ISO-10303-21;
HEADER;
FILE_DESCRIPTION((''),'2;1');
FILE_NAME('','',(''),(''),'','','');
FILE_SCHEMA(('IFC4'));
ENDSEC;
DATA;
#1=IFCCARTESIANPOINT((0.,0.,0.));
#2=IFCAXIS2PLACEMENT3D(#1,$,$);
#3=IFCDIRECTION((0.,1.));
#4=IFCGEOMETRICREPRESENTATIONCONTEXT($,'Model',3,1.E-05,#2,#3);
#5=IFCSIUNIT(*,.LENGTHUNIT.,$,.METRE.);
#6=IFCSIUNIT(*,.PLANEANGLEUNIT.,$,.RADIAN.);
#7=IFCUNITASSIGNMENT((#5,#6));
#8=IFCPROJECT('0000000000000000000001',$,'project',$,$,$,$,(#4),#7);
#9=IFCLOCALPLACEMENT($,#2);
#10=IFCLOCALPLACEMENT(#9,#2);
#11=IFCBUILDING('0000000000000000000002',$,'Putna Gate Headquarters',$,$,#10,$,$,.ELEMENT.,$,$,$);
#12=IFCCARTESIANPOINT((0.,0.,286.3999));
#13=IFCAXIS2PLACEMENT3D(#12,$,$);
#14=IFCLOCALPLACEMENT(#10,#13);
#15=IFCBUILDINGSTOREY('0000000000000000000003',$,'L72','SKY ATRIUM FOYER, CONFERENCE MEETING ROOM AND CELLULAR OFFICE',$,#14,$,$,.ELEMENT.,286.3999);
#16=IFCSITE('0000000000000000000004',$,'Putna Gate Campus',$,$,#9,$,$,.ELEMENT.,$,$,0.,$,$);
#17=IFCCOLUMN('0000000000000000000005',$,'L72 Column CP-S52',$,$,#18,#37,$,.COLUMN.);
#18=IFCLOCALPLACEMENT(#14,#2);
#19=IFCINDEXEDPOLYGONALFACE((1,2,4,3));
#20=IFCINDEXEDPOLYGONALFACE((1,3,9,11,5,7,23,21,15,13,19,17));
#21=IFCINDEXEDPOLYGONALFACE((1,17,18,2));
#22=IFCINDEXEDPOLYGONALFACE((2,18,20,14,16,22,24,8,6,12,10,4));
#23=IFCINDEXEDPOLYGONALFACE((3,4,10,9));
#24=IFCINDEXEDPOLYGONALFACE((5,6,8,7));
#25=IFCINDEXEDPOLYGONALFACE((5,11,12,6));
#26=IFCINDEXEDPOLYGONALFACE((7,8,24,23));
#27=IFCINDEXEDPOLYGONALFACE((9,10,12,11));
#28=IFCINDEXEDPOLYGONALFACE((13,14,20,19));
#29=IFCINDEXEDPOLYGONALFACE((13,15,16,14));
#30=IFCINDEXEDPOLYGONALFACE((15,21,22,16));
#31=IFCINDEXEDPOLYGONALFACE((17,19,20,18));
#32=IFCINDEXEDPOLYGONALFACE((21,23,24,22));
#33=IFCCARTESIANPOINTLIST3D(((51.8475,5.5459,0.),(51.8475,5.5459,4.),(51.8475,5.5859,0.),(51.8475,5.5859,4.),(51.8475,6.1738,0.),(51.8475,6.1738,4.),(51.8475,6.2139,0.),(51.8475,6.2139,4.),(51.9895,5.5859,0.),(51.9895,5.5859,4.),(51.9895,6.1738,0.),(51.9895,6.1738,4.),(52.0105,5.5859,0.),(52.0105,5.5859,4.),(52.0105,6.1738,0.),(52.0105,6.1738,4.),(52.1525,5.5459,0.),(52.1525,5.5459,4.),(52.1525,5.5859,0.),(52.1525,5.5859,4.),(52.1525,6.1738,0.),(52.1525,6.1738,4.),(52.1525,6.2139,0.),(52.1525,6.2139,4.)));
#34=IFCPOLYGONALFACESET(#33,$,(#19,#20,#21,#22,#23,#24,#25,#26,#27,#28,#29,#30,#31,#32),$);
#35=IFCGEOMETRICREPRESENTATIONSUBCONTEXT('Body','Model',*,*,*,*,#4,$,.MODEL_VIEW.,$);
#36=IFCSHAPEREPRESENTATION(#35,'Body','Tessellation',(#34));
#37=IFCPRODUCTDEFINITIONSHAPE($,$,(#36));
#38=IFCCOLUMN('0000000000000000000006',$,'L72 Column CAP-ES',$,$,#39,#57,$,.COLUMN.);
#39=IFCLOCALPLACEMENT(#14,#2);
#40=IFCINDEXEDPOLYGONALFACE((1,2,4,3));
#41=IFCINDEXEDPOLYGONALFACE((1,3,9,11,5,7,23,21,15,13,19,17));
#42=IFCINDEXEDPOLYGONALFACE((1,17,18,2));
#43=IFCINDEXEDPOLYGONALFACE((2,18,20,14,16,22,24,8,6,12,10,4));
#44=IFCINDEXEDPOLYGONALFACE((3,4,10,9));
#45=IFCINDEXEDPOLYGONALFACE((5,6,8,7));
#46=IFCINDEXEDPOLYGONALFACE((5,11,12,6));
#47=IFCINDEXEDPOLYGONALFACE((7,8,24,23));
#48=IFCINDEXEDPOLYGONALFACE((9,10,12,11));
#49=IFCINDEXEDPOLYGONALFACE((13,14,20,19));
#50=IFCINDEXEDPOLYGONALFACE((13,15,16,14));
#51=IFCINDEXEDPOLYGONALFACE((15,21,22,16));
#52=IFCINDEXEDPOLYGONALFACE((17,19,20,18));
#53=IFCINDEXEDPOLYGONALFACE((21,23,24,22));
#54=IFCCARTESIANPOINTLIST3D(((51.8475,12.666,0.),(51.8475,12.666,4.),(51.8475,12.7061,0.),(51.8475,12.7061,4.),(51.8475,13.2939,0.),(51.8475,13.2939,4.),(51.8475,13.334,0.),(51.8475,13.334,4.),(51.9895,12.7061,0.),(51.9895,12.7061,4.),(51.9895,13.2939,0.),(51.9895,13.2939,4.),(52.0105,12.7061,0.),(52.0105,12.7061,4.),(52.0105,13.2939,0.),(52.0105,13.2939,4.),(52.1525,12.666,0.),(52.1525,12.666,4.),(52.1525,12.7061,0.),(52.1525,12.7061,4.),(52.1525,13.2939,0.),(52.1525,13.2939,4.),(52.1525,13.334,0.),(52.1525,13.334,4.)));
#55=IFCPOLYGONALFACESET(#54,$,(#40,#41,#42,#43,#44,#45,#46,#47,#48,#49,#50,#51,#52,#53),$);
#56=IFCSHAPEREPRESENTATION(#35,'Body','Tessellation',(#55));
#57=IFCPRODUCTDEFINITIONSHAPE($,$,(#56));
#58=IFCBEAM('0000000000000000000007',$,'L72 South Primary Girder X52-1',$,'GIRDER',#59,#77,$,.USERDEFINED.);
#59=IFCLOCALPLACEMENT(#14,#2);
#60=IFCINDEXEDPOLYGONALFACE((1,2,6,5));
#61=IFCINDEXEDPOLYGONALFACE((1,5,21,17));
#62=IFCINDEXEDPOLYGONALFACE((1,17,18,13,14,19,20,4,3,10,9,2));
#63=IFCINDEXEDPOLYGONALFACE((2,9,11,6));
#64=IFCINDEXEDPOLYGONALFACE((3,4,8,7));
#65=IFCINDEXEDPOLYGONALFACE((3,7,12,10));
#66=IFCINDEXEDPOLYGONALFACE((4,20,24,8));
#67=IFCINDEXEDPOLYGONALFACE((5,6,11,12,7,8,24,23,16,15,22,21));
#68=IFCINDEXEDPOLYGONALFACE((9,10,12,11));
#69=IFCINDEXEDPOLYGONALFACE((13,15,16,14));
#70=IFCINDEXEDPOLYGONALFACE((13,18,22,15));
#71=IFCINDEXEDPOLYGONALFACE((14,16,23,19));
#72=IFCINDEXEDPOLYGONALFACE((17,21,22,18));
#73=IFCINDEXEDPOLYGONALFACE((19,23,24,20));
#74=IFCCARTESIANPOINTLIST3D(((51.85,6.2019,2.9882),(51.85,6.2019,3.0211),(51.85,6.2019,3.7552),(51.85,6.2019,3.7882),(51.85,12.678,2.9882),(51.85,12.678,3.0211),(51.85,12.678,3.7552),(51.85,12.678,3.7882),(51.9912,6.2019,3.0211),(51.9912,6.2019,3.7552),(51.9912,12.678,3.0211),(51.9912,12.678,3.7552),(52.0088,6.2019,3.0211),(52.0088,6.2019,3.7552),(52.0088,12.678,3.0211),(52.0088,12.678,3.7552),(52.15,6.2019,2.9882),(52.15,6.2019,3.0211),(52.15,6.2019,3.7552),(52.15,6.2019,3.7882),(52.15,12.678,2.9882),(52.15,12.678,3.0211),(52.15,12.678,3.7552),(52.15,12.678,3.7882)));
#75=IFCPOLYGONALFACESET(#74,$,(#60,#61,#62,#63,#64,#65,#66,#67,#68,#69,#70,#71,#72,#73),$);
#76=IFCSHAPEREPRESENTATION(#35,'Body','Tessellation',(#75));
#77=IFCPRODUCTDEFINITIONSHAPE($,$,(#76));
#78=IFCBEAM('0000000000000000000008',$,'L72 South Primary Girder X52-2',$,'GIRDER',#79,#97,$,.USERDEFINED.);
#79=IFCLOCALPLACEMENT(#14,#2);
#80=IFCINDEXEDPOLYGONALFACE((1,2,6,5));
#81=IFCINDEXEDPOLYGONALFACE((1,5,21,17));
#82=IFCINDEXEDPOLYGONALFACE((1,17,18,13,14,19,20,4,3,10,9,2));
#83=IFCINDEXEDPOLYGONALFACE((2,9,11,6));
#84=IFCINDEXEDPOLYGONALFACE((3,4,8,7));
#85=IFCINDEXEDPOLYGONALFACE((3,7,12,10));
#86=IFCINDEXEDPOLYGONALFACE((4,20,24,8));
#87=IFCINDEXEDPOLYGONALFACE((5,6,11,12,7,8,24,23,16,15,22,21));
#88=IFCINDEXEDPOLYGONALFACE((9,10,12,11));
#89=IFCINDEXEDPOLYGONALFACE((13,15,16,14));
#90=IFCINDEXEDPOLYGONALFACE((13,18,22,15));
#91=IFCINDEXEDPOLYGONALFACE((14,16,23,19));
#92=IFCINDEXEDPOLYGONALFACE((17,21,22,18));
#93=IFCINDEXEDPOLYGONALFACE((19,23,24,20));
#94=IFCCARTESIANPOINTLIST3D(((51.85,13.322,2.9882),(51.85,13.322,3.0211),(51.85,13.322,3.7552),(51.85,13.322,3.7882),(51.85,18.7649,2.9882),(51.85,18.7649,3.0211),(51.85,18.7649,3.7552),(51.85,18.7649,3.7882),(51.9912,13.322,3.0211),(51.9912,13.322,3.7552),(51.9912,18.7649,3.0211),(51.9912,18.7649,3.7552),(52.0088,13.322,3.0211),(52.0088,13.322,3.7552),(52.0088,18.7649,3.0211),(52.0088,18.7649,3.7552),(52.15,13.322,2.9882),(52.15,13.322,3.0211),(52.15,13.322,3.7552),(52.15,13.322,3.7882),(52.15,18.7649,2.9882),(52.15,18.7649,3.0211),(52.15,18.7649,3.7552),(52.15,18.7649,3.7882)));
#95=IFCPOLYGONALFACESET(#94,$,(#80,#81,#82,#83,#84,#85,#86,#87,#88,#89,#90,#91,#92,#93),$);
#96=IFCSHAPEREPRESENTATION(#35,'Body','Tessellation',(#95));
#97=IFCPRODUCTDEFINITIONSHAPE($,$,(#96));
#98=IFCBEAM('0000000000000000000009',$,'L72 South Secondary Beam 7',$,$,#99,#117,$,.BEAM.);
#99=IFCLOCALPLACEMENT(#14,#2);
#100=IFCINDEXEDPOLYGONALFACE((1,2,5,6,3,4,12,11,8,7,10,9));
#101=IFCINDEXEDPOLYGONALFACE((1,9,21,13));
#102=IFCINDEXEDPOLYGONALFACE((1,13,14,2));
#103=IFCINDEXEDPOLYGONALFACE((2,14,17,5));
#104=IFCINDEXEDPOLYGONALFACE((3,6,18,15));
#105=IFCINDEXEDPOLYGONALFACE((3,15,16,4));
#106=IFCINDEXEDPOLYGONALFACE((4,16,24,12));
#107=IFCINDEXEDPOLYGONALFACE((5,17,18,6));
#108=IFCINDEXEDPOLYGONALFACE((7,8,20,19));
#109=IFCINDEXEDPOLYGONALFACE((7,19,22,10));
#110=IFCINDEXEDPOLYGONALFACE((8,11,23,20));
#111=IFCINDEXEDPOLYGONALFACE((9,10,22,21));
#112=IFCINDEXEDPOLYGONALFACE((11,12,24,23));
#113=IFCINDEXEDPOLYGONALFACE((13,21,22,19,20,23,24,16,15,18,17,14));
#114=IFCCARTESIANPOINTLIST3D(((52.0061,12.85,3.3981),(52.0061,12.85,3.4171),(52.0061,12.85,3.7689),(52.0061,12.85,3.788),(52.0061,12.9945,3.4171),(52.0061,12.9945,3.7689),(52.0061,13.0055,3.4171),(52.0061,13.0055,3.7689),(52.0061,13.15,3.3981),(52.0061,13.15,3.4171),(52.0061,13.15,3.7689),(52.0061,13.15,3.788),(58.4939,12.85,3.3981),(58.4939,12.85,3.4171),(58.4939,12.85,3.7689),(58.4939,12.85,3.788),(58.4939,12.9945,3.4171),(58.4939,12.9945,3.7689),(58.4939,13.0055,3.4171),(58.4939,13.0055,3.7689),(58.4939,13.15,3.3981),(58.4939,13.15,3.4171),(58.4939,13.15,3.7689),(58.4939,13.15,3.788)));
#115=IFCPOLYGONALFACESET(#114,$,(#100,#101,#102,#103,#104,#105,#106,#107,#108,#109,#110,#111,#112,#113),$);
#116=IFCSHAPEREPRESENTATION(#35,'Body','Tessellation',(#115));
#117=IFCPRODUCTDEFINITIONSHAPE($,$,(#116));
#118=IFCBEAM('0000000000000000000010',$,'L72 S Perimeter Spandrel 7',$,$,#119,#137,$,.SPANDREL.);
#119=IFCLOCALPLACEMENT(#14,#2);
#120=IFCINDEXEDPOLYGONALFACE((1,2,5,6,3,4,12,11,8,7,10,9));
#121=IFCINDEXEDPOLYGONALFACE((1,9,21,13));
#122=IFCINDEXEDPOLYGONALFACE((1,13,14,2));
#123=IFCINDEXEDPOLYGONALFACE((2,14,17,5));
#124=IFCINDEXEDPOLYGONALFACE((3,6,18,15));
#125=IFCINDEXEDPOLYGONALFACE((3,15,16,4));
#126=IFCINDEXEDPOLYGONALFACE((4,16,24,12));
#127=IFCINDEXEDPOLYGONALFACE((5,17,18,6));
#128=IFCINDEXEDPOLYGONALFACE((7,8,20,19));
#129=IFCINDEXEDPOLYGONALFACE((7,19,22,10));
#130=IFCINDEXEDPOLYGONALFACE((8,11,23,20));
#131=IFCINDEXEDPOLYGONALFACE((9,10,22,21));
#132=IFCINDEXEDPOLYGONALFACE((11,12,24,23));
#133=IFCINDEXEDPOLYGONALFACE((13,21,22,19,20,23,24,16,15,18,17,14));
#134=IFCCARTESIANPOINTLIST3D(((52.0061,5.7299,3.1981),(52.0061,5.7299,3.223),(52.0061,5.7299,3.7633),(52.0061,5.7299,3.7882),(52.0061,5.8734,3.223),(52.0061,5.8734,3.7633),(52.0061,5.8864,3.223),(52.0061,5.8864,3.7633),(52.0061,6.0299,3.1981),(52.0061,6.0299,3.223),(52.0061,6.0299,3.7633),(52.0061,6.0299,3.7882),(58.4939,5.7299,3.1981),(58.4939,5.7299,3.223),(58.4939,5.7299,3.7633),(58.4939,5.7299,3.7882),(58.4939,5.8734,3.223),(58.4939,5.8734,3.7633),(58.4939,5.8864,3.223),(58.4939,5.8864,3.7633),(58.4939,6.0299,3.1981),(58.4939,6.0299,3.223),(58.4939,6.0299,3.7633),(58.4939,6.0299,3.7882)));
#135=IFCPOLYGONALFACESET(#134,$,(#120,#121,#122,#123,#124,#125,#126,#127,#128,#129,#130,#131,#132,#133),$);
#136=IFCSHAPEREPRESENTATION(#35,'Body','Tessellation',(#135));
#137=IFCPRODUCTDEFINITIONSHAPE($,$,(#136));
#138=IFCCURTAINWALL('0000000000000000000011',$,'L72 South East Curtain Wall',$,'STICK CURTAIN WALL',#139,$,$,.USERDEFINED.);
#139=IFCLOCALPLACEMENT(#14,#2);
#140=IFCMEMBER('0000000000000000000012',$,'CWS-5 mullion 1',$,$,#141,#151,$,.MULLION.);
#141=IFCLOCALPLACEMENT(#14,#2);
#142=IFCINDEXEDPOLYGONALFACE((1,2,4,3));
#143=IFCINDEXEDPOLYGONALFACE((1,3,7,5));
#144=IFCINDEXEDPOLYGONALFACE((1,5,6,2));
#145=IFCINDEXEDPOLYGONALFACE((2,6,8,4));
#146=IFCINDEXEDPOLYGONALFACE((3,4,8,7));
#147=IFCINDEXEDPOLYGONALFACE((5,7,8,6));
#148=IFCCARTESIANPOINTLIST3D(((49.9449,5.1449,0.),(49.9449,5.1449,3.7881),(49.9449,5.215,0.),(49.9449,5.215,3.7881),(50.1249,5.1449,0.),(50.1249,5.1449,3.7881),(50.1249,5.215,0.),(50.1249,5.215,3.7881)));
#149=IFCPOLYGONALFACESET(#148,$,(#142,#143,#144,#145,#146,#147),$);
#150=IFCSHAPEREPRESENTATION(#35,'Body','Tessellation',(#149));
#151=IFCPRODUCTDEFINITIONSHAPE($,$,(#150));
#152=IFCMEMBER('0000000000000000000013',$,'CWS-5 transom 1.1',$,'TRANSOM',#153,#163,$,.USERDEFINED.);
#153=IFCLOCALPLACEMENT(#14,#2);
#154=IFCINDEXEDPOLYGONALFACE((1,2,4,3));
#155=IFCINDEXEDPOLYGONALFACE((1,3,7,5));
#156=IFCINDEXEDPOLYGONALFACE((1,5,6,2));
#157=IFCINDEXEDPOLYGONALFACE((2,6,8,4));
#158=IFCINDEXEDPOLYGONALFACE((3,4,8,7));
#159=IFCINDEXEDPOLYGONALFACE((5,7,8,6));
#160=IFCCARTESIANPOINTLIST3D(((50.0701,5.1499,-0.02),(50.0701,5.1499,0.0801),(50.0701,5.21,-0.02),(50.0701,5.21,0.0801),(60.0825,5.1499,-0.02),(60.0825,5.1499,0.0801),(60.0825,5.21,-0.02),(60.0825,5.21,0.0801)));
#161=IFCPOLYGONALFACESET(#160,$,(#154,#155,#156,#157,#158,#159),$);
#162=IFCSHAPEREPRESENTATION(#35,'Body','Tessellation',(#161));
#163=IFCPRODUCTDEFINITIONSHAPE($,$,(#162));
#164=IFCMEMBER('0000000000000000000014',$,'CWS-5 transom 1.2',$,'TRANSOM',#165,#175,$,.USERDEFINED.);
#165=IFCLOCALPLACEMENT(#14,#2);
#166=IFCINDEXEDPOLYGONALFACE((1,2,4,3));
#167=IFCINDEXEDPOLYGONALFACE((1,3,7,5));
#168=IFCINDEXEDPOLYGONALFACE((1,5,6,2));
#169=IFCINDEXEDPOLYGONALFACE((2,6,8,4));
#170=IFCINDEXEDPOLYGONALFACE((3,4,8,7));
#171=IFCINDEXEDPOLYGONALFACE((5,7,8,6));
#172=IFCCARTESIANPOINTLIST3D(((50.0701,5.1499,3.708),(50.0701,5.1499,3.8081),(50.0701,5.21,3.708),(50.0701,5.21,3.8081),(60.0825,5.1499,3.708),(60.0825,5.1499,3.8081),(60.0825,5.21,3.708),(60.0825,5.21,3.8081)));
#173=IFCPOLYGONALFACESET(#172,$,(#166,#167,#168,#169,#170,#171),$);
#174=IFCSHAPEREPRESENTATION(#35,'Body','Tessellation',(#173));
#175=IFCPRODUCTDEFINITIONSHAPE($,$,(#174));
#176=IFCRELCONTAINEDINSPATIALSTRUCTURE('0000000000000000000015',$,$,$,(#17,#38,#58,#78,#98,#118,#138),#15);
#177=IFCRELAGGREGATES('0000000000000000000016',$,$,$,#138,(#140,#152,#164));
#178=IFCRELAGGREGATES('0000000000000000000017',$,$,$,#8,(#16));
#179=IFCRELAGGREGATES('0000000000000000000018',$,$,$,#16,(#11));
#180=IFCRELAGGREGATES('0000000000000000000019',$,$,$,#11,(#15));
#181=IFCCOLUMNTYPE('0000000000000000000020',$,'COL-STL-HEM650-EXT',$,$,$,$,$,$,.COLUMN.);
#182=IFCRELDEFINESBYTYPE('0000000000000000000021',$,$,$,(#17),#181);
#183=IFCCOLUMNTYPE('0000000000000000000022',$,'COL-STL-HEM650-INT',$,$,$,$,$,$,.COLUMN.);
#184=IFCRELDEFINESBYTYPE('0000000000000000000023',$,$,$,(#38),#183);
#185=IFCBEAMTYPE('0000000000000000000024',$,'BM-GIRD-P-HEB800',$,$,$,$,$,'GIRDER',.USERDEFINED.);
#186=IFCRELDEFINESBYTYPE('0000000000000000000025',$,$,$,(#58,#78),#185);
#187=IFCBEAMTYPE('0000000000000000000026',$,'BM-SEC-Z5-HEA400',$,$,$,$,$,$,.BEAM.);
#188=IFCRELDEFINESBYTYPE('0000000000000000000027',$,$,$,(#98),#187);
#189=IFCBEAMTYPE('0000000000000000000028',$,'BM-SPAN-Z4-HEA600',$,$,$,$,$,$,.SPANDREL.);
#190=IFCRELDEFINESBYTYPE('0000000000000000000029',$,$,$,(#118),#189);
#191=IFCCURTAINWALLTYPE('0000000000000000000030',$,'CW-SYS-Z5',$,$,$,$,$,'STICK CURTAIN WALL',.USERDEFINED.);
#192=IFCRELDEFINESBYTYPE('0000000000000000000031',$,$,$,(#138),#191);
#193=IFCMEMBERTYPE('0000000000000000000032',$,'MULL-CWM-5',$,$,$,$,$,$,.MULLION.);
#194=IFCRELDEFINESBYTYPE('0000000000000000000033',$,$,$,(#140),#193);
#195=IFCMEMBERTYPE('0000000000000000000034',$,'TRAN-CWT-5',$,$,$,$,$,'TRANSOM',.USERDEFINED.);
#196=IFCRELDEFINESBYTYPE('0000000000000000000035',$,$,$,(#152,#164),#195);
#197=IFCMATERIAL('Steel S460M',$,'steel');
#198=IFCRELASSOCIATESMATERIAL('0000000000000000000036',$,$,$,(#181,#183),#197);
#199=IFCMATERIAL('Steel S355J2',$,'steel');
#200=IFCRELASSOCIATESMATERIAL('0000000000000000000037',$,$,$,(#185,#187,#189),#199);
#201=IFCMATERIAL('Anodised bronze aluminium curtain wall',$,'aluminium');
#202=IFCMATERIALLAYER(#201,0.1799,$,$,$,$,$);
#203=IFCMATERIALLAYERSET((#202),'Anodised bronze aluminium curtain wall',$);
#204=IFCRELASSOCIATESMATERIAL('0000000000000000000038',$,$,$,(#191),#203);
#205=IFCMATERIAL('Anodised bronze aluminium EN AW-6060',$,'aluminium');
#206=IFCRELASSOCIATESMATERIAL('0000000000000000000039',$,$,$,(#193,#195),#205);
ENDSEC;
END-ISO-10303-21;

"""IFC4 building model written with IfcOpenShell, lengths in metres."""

from ifc_helpers import new_model, si_unit, direction, frame, origin, origin_2d, place, context, subcontext, project, spatial, rectangle, i_section, extrude, material, layer, layer_set, material_profile, profile_set, type_object, element, aggregate, save


model = new_model("IFC4")

# Units and contexts
model_context = context("Model", 3, precision=1e-05, world=origin(), true_north=direction((0.0, 1.0)))
body_context = subcontext(model_context, "Body", "Model", "MODEL_VIEW")
ifc_project = project(units=[si_unit("LENGTHUNIT", "METRE"), si_unit("PLANEANGLEUNIT", "RADIAN")], contexts=[model_context])

# Site, building, storey
site_placement = place(None, origin())
site = spatial("IfcSite", under=ifc_project, at=site_placement, Name="Putna Gate Campus", CompositionType="ELEMENT", RefElevation=0.0)
building_placement = place(site_placement, origin())
building = spatial("IfcBuilding", under=site, at=building_placement, Name="Putna Gate Headquarters", CompositionType="ELEMENT")
storey_placement = place(building_placement, frame((0.0, 0.0, 286.3999)))
storey = spatial("IfcBuildingStorey", under=building, at=storey_placement, Name="L72", Description="SKY ATRIUM FOYER, CONFERENCE MEETING ROOM AND CELLULAR OFFICE", CompositionType="ELEMENT", Elevation=286.3999)

# Columns
ifc_material_1 = material(Name="Steel S460M", Category="steel")
ifc_material_profile_1 = material_profile(ifc_material_1, i_section(OverallWidth=0.3049, OverallDepth=0.668, WebThickness=0.021, FlangeThickness=0.04, at=origin_2d()), Name="Steel S460M")
ifc_profile_set_1 = profile_set([ifc_material_profile_1], Name="Steel S460M")
column_type_1 = type_object("IfcColumnType", Name="COL-STL-HEM650-EXT", PredefinedType="COLUMN", material=ifc_profile_set_1)
column_1_placement = place(storey_placement, frame((52.0, 5.8799, 0.0), z_axis=(0.0, 0.0, 1.0), x_axis=(1.0, 0.0, 0.0)))
element("IfcColumn", 1, at=column_1_placement, inside=storey, type_object=column_type_1, Name="L72 Column CP-S52", PredefinedType="COLUMN", context=body_context, shape_type="SweptSolid", body=[
    extrude(i_section(OverallWidth=0.3049, OverallDepth=0.668, WebThickness=0.021, FlangeThickness=0.04, at=origin_2d()), origin(), (0.0, 0.0, 1.0), 4.0),
])
ifc_material_profile_2 = material_profile(ifc_material_1, i_section(OverallWidth=0.3049, OverallDepth=0.668, WebThickness=0.021, FlangeThickness=0.04, at=origin_2d()), Name="Steel S460M")
ifc_profile_set_2 = profile_set([ifc_material_profile_2], Name="Steel S460M")
column_type_2 = type_object("IfcColumnType", Name="COL-STL-HEM650-INT", PredefinedType="COLUMN", material=ifc_profile_set_2)
column_2_placement = place(storey_placement, frame((52.0, 13.0, 0.0), z_axis=(0.0, 0.0, 1.0), x_axis=(1.0, 0.0, 0.0)))
element("IfcColumn", 2, at=column_2_placement, inside=storey, type_object=column_type_2, Name="L72 Column CAP-ES", PredefinedType="COLUMN", context=body_context, shape_type="SweptSolid", body=[
    extrude(i_section(OverallWidth=0.3049, OverallDepth=0.668, WebThickness=0.021, FlangeThickness=0.04, at=origin_2d()), origin(), (0.0, 0.0, 1.0), 4.0),
])

# Beams
ifc_material_2 = material(Name="Steel S355J2", Category="steel")
ifc_material_profile_3 = material_profile(ifc_material_2, i_section(OverallWidth=0.3, OverallDepth=0.8, WebThickness=0.0176, FlangeThickness=0.033, at=origin_2d()), Name="Steel S355J2")
ifc_profile_set_3 = profile_set([ifc_material_profile_3], Name="Steel S355J2")
beam_type_1 = type_object("IfcBeamType", Name="BM-GIRD-P-HEB800", ElementType="GIRDER", PredefinedType="USERDEFINED", material=ifc_profile_set_3)
beam_1_placement = place(storey_placement, frame((52.0, 6.2019, 3.3882), z_axis=(0.0, 1.0, 0.0), x_axis=(-1.0, 0.0, 0.0)))
element("IfcBeam", 3, at=beam_1_placement, inside=storey, type_object=beam_type_1, Name="L72 South Primary Girder X52-1", ObjectType="GIRDER", PredefinedType="USERDEFINED", context=body_context, shape_type="SweptSolid", body=[
    extrude(i_section(OverallWidth=0.3, OverallDepth=0.8, WebThickness=0.0176, FlangeThickness=0.033, at=origin_2d()), origin(), (0.0, 0.0, 1.0), 6.4761),
])
beam_2_placement = place(storey_placement, frame((52.0, 13.322, 3.3882), z_axis=(0.0, 1.0, 0.0), x_axis=(-1.0, 0.0, 0.0)))
element("IfcBeam", 4, at=beam_2_placement, inside=storey, type_object=beam_type_1, Name="L72 South Primary Girder X52-2", ObjectType="GIRDER", PredefinedType="USERDEFINED", context=body_context, shape_type="SweptSolid", body=[
    extrude(i_section(OverallWidth=0.3, OverallDepth=0.8, WebThickness=0.0176, FlangeThickness=0.033, at=origin_2d()), origin(), (0.0, 0.0, 1.0), 5.4429),
])
ifc_material_profile_4 = material_profile(ifc_material_2, i_section(OverallWidth=0.3, OverallDepth=0.3899, WebThickness=0.011, FlangeThickness=0.019, at=origin_2d()), Name="Steel S355J2")
ifc_profile_set_4 = profile_set([ifc_material_profile_4], Name="Steel S355J2")
beam_type_2 = type_object("IfcBeamType", Name="BM-SEC-Z5-HEA400", PredefinedType="BEAM", material=ifc_profile_set_4)
beam_3_placement = place(storey_placement, frame((52.0061, 13.0, 3.593), z_axis=(1.0, 0.0, 0.0), x_axis=(0.0, 1.0, 0.0)))
element("IfcBeam", 5, at=beam_3_placement, inside=storey, type_object=beam_type_2, Name="L72 South Secondary Beam 7", PredefinedType="BEAM", context=body_context, shape_type="SweptSolid", body=[
    extrude(i_section(OverallWidth=0.3, OverallDepth=0.3899, WebThickness=0.011, FlangeThickness=0.019, at=origin_2d()), origin(), (0.0, 0.0, 1.0), 6.4878),
])
ifc_material_profile_5 = material_profile(ifc_material_2, i_section(OverallWidth=0.3, OverallDepth=0.5901, WebThickness=0.0129, FlangeThickness=0.0249, at=origin_2d()), Name="Steel S355J2")
ifc_profile_set_5 = profile_set([ifc_material_profile_5], Name="Steel S355J2")
beam_type_3 = type_object("IfcBeamType", Name="BM-SPAN-Z4-HEA600", PredefinedType="SPANDREL", material=ifc_profile_set_5)
beam_4_placement = place(storey_placement, frame((52.0061, 5.8799, 3.4932), z_axis=(1.0, 0.0, 0.0), x_axis=(0.0, 1.0, 0.0)))
element("IfcBeam", 6, at=beam_4_placement, inside=storey, type_object=beam_type_3, Name="L72 S Perimeter Spandrel 7", PredefinedType="SPANDREL", context=body_context, shape_type="SweptSolid", body=[
    extrude(i_section(OverallWidth=0.3, OverallDepth=0.5901, WebThickness=0.0129, FlangeThickness=0.0249, at=origin_2d()), origin(), (0.0, 0.0, 1.0), 6.4878),
])

# Curtain wall, members
ifc_material_3 = material(Name="Anodised bronze aluminium curtain wall", Category="aluminium")
ifc_layer_1 = layer(ifc_material_3, 0.1799)
ifc_layer_set_1 = layer_set([ifc_layer_1], Name="Anodised bronze aluminium curtain wall")
curtain_wall_type = type_object("IfcCurtainWallType", Name="CW-SYS-Z5", ElementType="STICK CURTAIN WALL", PredefinedType="USERDEFINED", material=ifc_layer_set_1)
curtain_wall_placement = place(storey_placement, origin())
curtain_wall = element("IfcCurtainWall", 7, at=curtain_wall_placement, inside=storey, type_object=curtain_wall_type, Name="L72 South East Curtain Wall", ObjectType="STICK CURTAIN WALL", PredefinedType="USERDEFINED")
ifc_material_4 = material(Name="Anodised bronze aluminium EN AW-6060", Category="aluminium")
ifc_material_profile_6 = material_profile(ifc_material_4, rectangle(XDim=0.0701, YDim=0.1799, at=origin_2d()), Name="Anodised bronze aluminium EN AW-6060")
ifc_profile_set_6 = profile_set([ifc_material_profile_6], Name="Anodised bronze aluminium EN AW-6060")
member_type_1 = type_object("IfcMemberType", Name="MULL-CWM-5", PredefinedType="MULLION", material=ifc_profile_set_6)
member_1_placement = place(storey_placement, frame((50.0349, 5.1799, 0.0), z_axis=(0.0, 0.0, 1.0), x_axis=(0.0, 1.0, 0.0)))
member_1 = element("IfcMember", 8, at=member_1_placement, type_object=member_type_1, Name="CWS-5 mullion 1", PredefinedType="MULLION", context=body_context, shape_type="SweptSolid", body=[
    extrude(rectangle(XDim=0.0701, YDim=0.1799, at=origin_2d()), origin(), (0.0, 0.0, 1.0), 3.7881),
])
ifc_material_profile_7 = material_profile(ifc_material_4, rectangle(XDim=0.0601, YDim=0.1001, at=origin_2d()), Name="Anodised bronze aluminium EN AW-6060")
ifc_profile_set_7 = profile_set([ifc_material_profile_7], Name="Anodised bronze aluminium EN AW-6060")
member_type_2 = type_object("IfcMemberType", Name="TRAN-CWT-5", ElementType="TRANSOM", PredefinedType="USERDEFINED", material=ifc_profile_set_7)
member_2_placement = place(storey_placement, frame((50.0701, 5.1799, 0.03), z_axis=(1.0, 0.0, 0.0), x_axis=(0.0, 1.0, 0.0)))
member_2 = element("IfcMember", 9, at=member_2_placement, type_object=member_type_2, Name="CWS-5 transom 1.1", ObjectType="TRANSOM", PredefinedType="USERDEFINED", context=body_context, shape_type="SweptSolid", body=[
    extrude(rectangle(XDim=0.0601, YDim=0.1001, at=origin_2d()), origin(), (0.0, 0.0, 1.0), 10.0125),
])
member_3_placement = place(storey_placement, frame((50.0701, 5.1799, 3.7581), z_axis=(1.0, 0.0, 0.0), x_axis=(0.0, 1.0, 0.0)))
member_3 = element("IfcMember", 10, at=member_3_placement, type_object=member_type_2, Name="CWS-5 transom 1.2", ObjectType="TRANSOM", PredefinedType="USERDEFINED", context=body_context, shape_type="SweptSolid", body=[
    extrude(rectangle(XDim=0.0601, YDim=0.1001, at=origin_2d()), origin(), (0.0, 0.0, 1.0), 10.0125),
])
aggregate(curtain_wall, [member_1, member_2, member_3])

save(model, "model.ifc")
